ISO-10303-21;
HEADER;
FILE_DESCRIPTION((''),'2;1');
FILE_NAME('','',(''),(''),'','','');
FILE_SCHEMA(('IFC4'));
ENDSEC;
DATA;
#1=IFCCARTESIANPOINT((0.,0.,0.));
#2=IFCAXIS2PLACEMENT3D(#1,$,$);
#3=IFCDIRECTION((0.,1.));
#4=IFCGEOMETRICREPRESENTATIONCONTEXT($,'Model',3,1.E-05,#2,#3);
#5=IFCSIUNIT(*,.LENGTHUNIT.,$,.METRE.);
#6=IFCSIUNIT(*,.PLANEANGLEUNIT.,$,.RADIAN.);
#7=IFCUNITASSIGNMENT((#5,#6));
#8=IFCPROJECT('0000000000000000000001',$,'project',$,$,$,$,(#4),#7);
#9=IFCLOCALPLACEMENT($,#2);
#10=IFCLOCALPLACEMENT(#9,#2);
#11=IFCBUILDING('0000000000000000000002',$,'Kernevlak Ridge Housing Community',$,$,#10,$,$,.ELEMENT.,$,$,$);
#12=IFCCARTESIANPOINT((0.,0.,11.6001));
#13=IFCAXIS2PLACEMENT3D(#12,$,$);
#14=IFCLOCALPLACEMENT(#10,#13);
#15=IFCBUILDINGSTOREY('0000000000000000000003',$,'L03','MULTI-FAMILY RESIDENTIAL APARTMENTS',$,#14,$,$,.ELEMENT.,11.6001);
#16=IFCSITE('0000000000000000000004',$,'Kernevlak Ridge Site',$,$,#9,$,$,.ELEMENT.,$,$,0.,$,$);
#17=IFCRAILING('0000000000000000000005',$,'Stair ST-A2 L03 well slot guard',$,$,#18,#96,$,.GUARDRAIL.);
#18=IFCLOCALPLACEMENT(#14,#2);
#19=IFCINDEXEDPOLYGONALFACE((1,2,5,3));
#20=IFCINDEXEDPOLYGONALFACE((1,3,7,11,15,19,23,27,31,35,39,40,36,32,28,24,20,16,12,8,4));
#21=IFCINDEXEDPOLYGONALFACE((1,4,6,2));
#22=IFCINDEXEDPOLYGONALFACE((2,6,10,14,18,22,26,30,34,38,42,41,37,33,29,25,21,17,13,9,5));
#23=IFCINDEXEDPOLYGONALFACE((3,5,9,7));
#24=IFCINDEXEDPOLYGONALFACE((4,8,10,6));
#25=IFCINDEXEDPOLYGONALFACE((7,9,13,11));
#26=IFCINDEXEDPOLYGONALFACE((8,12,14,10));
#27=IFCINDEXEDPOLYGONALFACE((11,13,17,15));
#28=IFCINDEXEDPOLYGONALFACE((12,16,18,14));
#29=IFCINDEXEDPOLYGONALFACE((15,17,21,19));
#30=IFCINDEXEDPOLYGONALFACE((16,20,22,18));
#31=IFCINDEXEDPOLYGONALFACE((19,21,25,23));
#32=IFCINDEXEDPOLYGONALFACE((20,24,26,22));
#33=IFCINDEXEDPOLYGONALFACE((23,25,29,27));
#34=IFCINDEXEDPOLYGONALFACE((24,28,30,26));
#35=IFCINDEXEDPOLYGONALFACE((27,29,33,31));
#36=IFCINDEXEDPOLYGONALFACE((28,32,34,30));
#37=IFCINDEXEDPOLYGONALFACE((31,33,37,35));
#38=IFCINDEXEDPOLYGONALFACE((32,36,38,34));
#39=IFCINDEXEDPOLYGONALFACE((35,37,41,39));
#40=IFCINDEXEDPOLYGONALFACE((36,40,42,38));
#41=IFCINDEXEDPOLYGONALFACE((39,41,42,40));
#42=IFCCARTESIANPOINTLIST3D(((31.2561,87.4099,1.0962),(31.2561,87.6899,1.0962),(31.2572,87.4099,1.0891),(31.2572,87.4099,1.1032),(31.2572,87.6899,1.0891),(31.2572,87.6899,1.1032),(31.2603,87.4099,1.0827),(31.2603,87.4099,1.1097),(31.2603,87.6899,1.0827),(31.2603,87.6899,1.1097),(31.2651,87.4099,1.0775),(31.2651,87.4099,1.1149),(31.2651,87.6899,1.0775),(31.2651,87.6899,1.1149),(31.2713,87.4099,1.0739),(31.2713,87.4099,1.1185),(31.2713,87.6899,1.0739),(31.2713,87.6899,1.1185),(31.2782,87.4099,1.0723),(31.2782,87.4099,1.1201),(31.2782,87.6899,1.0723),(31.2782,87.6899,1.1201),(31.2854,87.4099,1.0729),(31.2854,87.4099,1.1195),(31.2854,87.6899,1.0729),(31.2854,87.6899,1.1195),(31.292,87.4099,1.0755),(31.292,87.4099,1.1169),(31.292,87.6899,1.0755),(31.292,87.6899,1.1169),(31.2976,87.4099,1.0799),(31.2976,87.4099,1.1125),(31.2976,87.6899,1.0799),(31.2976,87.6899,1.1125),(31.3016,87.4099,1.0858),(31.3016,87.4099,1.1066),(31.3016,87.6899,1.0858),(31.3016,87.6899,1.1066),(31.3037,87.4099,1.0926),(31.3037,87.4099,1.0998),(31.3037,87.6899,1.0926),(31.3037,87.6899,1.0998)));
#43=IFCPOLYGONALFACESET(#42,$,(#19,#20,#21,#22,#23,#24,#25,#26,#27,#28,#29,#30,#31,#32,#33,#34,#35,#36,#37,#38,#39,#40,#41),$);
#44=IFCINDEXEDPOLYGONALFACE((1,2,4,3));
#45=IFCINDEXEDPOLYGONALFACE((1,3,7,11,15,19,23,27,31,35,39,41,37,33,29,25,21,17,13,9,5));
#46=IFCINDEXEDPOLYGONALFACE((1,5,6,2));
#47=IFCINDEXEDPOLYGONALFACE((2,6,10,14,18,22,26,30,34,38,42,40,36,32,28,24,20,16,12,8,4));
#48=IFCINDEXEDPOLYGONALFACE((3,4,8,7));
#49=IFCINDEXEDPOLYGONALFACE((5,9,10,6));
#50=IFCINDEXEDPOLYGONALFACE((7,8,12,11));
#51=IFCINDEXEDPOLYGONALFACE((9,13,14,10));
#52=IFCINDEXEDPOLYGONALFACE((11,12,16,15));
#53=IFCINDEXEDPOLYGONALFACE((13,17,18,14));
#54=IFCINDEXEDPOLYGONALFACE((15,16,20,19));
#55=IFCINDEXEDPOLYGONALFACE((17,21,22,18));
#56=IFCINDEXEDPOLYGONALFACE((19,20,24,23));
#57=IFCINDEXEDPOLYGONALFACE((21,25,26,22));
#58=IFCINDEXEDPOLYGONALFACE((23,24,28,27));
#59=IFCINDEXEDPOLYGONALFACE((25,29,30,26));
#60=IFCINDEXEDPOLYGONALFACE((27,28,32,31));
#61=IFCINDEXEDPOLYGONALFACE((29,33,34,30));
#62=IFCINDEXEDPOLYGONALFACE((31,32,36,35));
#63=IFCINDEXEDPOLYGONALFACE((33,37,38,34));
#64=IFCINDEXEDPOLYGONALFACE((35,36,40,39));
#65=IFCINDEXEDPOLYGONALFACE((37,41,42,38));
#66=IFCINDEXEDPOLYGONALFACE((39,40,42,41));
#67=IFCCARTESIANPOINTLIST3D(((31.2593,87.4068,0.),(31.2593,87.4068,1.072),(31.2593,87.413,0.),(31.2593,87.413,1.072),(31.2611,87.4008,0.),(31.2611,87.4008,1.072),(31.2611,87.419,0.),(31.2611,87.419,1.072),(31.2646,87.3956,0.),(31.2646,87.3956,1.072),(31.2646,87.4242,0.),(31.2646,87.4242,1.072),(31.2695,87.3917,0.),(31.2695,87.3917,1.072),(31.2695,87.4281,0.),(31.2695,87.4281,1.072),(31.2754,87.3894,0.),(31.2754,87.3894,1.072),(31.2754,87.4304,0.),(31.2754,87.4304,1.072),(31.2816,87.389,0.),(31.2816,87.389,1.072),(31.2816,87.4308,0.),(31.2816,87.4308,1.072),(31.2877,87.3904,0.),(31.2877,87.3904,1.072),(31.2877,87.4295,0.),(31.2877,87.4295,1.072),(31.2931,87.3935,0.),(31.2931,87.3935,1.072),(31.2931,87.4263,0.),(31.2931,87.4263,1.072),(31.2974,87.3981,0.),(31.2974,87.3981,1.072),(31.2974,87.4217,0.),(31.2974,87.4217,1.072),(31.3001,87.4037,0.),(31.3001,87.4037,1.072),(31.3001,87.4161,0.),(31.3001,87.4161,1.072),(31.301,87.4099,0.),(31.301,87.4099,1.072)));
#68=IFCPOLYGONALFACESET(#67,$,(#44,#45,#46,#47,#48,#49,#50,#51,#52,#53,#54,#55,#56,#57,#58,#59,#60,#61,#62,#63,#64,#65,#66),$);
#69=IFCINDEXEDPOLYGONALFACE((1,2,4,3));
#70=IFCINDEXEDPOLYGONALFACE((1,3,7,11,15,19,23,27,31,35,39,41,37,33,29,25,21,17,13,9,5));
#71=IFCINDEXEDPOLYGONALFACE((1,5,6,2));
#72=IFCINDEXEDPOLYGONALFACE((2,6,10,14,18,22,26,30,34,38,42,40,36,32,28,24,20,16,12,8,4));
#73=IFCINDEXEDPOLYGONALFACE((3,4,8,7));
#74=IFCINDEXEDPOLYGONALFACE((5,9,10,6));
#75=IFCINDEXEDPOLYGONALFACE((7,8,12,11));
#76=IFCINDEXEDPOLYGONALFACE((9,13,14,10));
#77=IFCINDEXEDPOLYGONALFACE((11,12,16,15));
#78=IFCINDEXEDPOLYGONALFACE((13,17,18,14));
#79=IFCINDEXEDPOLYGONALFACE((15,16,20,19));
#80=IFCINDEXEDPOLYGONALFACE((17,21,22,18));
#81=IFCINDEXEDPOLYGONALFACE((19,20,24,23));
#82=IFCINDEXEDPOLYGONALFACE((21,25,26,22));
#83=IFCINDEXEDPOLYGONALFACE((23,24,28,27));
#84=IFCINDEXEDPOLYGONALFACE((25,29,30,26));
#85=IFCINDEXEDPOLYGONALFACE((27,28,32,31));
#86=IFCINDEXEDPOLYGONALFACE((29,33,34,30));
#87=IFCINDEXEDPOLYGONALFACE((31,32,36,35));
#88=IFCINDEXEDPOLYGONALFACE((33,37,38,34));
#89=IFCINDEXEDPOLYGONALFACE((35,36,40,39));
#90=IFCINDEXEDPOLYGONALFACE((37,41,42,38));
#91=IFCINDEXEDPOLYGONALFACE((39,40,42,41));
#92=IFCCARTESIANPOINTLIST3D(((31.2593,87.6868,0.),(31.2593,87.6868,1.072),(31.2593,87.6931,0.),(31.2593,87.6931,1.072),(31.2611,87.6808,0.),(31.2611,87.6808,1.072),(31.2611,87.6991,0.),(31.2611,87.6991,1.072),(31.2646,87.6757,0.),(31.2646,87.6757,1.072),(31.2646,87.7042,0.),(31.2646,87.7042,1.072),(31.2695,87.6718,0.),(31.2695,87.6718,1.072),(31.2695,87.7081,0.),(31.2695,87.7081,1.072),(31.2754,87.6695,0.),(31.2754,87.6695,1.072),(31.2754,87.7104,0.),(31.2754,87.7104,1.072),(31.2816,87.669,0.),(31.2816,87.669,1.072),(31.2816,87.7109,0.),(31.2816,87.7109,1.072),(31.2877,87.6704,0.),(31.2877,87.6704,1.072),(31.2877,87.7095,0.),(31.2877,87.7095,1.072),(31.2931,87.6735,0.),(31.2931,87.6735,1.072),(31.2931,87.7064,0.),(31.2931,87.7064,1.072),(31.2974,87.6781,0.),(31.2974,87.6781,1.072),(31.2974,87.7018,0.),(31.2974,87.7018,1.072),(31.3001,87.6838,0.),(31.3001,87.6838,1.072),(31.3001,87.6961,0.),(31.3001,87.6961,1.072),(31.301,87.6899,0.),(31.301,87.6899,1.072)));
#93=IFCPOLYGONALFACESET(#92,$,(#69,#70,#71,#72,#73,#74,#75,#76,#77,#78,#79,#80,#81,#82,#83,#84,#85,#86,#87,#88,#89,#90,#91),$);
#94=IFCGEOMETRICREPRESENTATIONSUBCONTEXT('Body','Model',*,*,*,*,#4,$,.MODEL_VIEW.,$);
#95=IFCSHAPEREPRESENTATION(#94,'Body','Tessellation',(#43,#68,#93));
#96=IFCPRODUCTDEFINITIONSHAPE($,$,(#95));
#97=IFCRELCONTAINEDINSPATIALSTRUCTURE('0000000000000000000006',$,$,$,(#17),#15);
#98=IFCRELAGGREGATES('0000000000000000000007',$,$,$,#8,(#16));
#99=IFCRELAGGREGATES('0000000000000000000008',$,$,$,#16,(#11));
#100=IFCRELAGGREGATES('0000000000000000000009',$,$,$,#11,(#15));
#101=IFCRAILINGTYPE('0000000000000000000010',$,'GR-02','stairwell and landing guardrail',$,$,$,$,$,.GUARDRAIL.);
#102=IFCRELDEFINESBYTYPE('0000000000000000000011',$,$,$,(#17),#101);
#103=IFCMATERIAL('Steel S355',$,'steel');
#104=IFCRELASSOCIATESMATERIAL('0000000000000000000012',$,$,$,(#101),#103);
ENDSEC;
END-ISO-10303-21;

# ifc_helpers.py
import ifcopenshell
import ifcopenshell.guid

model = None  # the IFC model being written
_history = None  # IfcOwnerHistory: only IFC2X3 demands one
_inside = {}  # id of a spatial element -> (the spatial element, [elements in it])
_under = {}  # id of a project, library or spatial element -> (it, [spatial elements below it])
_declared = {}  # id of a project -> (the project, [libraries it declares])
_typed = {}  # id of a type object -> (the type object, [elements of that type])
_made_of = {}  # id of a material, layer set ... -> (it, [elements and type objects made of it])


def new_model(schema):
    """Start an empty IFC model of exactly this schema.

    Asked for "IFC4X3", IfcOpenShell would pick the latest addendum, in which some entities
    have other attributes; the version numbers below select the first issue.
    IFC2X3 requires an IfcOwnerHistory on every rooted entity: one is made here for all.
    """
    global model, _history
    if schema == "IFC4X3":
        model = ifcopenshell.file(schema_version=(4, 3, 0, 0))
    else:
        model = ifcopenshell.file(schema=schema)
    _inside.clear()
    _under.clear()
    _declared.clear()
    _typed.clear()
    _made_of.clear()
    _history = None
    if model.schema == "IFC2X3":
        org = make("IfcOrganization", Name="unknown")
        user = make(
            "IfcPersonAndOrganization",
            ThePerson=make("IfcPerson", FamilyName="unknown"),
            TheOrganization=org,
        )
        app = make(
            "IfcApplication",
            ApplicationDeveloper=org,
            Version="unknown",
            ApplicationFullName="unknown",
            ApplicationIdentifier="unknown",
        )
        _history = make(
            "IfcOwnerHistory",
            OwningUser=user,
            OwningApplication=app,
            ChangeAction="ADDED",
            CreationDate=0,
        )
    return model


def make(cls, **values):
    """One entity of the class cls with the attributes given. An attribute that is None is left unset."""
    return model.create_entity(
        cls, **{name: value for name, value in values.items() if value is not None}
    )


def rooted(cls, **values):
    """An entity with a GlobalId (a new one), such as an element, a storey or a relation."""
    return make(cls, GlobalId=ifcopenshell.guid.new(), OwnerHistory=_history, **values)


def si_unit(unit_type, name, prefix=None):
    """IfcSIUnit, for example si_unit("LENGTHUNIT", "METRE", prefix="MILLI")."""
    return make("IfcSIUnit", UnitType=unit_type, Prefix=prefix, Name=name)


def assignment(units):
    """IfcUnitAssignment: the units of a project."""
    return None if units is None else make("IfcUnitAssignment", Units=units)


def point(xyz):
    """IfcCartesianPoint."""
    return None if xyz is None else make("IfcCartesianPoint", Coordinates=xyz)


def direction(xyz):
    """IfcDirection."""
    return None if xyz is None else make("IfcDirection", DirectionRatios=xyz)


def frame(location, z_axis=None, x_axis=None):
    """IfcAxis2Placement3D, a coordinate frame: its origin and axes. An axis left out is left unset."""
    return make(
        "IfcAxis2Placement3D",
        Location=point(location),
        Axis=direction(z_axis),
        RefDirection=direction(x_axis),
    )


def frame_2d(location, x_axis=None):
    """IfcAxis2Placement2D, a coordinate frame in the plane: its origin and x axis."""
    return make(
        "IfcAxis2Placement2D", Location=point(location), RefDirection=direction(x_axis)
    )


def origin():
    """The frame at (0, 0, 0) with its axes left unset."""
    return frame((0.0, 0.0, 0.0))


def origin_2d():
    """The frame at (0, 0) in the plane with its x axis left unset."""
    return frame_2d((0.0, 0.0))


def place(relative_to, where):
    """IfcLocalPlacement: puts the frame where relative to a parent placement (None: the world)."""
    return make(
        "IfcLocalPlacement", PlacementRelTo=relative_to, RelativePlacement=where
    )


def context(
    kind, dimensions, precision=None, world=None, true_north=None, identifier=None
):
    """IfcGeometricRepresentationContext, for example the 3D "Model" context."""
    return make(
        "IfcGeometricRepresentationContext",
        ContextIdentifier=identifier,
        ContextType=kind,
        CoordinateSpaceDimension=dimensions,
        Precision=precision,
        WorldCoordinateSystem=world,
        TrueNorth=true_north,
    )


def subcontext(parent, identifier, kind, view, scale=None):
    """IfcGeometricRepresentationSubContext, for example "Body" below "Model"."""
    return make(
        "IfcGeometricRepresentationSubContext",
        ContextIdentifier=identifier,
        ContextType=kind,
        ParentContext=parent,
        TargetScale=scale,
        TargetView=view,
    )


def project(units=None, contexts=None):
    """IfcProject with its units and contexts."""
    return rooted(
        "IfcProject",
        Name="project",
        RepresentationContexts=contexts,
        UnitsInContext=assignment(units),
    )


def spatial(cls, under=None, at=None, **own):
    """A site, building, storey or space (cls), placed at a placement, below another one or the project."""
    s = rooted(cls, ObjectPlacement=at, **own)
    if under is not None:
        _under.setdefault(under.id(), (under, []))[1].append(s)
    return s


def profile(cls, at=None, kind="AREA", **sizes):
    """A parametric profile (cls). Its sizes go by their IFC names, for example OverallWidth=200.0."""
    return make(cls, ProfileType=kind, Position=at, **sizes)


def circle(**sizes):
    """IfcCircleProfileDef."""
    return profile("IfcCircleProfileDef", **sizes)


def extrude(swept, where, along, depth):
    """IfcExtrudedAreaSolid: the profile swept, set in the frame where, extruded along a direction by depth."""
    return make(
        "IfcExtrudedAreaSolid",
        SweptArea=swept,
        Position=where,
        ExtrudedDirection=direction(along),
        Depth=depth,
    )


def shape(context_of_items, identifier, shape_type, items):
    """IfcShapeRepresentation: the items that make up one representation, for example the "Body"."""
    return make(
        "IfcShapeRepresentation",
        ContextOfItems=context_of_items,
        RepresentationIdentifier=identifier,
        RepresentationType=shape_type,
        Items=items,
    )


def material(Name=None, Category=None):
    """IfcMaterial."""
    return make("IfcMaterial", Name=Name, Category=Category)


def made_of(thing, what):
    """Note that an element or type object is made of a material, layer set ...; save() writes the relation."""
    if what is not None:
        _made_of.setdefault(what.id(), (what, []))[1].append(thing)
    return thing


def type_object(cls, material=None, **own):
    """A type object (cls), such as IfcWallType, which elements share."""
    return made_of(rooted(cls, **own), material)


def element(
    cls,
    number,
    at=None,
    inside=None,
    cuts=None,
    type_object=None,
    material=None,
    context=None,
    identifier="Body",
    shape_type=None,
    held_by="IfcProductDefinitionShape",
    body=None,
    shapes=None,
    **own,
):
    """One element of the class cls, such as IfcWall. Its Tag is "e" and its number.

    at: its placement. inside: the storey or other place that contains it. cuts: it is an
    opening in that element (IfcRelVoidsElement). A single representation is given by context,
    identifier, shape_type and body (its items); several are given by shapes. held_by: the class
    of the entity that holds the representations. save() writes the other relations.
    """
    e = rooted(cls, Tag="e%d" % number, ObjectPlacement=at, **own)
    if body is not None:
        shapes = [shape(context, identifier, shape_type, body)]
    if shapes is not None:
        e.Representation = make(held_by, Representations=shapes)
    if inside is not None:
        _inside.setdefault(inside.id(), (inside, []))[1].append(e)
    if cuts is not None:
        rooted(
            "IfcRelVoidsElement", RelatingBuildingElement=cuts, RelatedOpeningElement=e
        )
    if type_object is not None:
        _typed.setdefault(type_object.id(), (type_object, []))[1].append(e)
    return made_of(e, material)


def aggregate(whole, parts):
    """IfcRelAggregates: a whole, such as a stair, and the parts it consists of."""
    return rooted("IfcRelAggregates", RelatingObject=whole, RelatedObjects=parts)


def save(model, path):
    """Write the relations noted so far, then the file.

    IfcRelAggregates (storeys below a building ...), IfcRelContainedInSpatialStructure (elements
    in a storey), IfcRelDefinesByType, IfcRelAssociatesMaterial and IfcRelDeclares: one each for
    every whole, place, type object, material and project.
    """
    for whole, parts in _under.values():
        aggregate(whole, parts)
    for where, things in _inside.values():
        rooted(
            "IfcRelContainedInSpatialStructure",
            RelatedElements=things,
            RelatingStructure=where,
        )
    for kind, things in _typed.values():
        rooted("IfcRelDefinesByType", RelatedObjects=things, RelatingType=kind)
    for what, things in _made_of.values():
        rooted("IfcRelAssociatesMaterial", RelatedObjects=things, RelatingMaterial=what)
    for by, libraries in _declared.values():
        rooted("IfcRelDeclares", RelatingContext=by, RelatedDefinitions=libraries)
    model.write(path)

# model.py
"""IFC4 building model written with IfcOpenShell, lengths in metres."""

from ifc_helpers import new_model, si_unit, direction, frame, origin, origin_2d, place, context, subcontext, project, spatial, circle, extrude, material, type_object, element, save


model = new_model("IFC4")

# Units and contexts
model_context = context("Model", 3, precision=1e-05, world=origin(), true_north=direction((0.0, 1.0)))
body_context = subcontext(model_context, "Body", "Model", "MODEL_VIEW")
ifc_project = project(units=[si_unit("LENGTHUNIT", "METRE"), si_unit("PLANEANGLEUNIT", "RADIAN")], contexts=[model_context])

# Site, building, storey
site_placement = place(None, origin())
site = spatial("IfcSite", under=ifc_project, at=site_placement, Name="Kernevlak Ridge Site", CompositionType="ELEMENT", RefElevation=0.0)
building_placement = place(site_placement, origin())
building = spatial("IfcBuilding", under=site, at=building_placement, Name="Kernevlak Ridge Housing Community", CompositionType="ELEMENT")
storey_placement = place(building_placement, frame((0.0, 0.0, 11.6001)))
storey = spatial("IfcBuildingStorey", under=building, at=storey_placement, Name="L03", Description="MULTI-FAMILY RESIDENTIAL APARTMENTS", CompositionType="ELEMENT", Elevation=11.6001)

# Railing
ifc_material_1 = material(Name="Steel S355", Category="steel")
railing_type_1 = type_object("IfcRailingType", Name="GR-02", Description="stairwell and landing guardrail", PredefinedType="GUARDRAIL", material=ifc_material_1)
railing_1_placement = place(storey_placement, frame((31.28, 87.4099, 0.0)))
element("IfcRailing", 1, at=railing_1_placement, inside=storey, type_object=railing_type_1, Name="Stair ST-A2 L03 well slot guard", PredefinedType="GUARDRAIL", context=body_context, shape_type="SweptSolid", body=[
    extrude(circle(Radius=0.0239, at=origin_2d()), frame((0.0, 0.0, 1.0962), z_axis=(0.0, 1.0, 0.0), x_axis=(-1.0, 0.0, 0.0)), (0.0, 0.0, 1.0), 0.28),
    extrude(circle(Radius=0.021, at=origin_2d()), origin(), (0.0, 0.0, 1.0), 1.072),
    extrude(circle(Radius=0.021, at=origin_2d()), frame((0.0, 0.28, 0.0)), (0.0, 0.0, 1.0), 1.072),
])

save(model, "model.ifc")
